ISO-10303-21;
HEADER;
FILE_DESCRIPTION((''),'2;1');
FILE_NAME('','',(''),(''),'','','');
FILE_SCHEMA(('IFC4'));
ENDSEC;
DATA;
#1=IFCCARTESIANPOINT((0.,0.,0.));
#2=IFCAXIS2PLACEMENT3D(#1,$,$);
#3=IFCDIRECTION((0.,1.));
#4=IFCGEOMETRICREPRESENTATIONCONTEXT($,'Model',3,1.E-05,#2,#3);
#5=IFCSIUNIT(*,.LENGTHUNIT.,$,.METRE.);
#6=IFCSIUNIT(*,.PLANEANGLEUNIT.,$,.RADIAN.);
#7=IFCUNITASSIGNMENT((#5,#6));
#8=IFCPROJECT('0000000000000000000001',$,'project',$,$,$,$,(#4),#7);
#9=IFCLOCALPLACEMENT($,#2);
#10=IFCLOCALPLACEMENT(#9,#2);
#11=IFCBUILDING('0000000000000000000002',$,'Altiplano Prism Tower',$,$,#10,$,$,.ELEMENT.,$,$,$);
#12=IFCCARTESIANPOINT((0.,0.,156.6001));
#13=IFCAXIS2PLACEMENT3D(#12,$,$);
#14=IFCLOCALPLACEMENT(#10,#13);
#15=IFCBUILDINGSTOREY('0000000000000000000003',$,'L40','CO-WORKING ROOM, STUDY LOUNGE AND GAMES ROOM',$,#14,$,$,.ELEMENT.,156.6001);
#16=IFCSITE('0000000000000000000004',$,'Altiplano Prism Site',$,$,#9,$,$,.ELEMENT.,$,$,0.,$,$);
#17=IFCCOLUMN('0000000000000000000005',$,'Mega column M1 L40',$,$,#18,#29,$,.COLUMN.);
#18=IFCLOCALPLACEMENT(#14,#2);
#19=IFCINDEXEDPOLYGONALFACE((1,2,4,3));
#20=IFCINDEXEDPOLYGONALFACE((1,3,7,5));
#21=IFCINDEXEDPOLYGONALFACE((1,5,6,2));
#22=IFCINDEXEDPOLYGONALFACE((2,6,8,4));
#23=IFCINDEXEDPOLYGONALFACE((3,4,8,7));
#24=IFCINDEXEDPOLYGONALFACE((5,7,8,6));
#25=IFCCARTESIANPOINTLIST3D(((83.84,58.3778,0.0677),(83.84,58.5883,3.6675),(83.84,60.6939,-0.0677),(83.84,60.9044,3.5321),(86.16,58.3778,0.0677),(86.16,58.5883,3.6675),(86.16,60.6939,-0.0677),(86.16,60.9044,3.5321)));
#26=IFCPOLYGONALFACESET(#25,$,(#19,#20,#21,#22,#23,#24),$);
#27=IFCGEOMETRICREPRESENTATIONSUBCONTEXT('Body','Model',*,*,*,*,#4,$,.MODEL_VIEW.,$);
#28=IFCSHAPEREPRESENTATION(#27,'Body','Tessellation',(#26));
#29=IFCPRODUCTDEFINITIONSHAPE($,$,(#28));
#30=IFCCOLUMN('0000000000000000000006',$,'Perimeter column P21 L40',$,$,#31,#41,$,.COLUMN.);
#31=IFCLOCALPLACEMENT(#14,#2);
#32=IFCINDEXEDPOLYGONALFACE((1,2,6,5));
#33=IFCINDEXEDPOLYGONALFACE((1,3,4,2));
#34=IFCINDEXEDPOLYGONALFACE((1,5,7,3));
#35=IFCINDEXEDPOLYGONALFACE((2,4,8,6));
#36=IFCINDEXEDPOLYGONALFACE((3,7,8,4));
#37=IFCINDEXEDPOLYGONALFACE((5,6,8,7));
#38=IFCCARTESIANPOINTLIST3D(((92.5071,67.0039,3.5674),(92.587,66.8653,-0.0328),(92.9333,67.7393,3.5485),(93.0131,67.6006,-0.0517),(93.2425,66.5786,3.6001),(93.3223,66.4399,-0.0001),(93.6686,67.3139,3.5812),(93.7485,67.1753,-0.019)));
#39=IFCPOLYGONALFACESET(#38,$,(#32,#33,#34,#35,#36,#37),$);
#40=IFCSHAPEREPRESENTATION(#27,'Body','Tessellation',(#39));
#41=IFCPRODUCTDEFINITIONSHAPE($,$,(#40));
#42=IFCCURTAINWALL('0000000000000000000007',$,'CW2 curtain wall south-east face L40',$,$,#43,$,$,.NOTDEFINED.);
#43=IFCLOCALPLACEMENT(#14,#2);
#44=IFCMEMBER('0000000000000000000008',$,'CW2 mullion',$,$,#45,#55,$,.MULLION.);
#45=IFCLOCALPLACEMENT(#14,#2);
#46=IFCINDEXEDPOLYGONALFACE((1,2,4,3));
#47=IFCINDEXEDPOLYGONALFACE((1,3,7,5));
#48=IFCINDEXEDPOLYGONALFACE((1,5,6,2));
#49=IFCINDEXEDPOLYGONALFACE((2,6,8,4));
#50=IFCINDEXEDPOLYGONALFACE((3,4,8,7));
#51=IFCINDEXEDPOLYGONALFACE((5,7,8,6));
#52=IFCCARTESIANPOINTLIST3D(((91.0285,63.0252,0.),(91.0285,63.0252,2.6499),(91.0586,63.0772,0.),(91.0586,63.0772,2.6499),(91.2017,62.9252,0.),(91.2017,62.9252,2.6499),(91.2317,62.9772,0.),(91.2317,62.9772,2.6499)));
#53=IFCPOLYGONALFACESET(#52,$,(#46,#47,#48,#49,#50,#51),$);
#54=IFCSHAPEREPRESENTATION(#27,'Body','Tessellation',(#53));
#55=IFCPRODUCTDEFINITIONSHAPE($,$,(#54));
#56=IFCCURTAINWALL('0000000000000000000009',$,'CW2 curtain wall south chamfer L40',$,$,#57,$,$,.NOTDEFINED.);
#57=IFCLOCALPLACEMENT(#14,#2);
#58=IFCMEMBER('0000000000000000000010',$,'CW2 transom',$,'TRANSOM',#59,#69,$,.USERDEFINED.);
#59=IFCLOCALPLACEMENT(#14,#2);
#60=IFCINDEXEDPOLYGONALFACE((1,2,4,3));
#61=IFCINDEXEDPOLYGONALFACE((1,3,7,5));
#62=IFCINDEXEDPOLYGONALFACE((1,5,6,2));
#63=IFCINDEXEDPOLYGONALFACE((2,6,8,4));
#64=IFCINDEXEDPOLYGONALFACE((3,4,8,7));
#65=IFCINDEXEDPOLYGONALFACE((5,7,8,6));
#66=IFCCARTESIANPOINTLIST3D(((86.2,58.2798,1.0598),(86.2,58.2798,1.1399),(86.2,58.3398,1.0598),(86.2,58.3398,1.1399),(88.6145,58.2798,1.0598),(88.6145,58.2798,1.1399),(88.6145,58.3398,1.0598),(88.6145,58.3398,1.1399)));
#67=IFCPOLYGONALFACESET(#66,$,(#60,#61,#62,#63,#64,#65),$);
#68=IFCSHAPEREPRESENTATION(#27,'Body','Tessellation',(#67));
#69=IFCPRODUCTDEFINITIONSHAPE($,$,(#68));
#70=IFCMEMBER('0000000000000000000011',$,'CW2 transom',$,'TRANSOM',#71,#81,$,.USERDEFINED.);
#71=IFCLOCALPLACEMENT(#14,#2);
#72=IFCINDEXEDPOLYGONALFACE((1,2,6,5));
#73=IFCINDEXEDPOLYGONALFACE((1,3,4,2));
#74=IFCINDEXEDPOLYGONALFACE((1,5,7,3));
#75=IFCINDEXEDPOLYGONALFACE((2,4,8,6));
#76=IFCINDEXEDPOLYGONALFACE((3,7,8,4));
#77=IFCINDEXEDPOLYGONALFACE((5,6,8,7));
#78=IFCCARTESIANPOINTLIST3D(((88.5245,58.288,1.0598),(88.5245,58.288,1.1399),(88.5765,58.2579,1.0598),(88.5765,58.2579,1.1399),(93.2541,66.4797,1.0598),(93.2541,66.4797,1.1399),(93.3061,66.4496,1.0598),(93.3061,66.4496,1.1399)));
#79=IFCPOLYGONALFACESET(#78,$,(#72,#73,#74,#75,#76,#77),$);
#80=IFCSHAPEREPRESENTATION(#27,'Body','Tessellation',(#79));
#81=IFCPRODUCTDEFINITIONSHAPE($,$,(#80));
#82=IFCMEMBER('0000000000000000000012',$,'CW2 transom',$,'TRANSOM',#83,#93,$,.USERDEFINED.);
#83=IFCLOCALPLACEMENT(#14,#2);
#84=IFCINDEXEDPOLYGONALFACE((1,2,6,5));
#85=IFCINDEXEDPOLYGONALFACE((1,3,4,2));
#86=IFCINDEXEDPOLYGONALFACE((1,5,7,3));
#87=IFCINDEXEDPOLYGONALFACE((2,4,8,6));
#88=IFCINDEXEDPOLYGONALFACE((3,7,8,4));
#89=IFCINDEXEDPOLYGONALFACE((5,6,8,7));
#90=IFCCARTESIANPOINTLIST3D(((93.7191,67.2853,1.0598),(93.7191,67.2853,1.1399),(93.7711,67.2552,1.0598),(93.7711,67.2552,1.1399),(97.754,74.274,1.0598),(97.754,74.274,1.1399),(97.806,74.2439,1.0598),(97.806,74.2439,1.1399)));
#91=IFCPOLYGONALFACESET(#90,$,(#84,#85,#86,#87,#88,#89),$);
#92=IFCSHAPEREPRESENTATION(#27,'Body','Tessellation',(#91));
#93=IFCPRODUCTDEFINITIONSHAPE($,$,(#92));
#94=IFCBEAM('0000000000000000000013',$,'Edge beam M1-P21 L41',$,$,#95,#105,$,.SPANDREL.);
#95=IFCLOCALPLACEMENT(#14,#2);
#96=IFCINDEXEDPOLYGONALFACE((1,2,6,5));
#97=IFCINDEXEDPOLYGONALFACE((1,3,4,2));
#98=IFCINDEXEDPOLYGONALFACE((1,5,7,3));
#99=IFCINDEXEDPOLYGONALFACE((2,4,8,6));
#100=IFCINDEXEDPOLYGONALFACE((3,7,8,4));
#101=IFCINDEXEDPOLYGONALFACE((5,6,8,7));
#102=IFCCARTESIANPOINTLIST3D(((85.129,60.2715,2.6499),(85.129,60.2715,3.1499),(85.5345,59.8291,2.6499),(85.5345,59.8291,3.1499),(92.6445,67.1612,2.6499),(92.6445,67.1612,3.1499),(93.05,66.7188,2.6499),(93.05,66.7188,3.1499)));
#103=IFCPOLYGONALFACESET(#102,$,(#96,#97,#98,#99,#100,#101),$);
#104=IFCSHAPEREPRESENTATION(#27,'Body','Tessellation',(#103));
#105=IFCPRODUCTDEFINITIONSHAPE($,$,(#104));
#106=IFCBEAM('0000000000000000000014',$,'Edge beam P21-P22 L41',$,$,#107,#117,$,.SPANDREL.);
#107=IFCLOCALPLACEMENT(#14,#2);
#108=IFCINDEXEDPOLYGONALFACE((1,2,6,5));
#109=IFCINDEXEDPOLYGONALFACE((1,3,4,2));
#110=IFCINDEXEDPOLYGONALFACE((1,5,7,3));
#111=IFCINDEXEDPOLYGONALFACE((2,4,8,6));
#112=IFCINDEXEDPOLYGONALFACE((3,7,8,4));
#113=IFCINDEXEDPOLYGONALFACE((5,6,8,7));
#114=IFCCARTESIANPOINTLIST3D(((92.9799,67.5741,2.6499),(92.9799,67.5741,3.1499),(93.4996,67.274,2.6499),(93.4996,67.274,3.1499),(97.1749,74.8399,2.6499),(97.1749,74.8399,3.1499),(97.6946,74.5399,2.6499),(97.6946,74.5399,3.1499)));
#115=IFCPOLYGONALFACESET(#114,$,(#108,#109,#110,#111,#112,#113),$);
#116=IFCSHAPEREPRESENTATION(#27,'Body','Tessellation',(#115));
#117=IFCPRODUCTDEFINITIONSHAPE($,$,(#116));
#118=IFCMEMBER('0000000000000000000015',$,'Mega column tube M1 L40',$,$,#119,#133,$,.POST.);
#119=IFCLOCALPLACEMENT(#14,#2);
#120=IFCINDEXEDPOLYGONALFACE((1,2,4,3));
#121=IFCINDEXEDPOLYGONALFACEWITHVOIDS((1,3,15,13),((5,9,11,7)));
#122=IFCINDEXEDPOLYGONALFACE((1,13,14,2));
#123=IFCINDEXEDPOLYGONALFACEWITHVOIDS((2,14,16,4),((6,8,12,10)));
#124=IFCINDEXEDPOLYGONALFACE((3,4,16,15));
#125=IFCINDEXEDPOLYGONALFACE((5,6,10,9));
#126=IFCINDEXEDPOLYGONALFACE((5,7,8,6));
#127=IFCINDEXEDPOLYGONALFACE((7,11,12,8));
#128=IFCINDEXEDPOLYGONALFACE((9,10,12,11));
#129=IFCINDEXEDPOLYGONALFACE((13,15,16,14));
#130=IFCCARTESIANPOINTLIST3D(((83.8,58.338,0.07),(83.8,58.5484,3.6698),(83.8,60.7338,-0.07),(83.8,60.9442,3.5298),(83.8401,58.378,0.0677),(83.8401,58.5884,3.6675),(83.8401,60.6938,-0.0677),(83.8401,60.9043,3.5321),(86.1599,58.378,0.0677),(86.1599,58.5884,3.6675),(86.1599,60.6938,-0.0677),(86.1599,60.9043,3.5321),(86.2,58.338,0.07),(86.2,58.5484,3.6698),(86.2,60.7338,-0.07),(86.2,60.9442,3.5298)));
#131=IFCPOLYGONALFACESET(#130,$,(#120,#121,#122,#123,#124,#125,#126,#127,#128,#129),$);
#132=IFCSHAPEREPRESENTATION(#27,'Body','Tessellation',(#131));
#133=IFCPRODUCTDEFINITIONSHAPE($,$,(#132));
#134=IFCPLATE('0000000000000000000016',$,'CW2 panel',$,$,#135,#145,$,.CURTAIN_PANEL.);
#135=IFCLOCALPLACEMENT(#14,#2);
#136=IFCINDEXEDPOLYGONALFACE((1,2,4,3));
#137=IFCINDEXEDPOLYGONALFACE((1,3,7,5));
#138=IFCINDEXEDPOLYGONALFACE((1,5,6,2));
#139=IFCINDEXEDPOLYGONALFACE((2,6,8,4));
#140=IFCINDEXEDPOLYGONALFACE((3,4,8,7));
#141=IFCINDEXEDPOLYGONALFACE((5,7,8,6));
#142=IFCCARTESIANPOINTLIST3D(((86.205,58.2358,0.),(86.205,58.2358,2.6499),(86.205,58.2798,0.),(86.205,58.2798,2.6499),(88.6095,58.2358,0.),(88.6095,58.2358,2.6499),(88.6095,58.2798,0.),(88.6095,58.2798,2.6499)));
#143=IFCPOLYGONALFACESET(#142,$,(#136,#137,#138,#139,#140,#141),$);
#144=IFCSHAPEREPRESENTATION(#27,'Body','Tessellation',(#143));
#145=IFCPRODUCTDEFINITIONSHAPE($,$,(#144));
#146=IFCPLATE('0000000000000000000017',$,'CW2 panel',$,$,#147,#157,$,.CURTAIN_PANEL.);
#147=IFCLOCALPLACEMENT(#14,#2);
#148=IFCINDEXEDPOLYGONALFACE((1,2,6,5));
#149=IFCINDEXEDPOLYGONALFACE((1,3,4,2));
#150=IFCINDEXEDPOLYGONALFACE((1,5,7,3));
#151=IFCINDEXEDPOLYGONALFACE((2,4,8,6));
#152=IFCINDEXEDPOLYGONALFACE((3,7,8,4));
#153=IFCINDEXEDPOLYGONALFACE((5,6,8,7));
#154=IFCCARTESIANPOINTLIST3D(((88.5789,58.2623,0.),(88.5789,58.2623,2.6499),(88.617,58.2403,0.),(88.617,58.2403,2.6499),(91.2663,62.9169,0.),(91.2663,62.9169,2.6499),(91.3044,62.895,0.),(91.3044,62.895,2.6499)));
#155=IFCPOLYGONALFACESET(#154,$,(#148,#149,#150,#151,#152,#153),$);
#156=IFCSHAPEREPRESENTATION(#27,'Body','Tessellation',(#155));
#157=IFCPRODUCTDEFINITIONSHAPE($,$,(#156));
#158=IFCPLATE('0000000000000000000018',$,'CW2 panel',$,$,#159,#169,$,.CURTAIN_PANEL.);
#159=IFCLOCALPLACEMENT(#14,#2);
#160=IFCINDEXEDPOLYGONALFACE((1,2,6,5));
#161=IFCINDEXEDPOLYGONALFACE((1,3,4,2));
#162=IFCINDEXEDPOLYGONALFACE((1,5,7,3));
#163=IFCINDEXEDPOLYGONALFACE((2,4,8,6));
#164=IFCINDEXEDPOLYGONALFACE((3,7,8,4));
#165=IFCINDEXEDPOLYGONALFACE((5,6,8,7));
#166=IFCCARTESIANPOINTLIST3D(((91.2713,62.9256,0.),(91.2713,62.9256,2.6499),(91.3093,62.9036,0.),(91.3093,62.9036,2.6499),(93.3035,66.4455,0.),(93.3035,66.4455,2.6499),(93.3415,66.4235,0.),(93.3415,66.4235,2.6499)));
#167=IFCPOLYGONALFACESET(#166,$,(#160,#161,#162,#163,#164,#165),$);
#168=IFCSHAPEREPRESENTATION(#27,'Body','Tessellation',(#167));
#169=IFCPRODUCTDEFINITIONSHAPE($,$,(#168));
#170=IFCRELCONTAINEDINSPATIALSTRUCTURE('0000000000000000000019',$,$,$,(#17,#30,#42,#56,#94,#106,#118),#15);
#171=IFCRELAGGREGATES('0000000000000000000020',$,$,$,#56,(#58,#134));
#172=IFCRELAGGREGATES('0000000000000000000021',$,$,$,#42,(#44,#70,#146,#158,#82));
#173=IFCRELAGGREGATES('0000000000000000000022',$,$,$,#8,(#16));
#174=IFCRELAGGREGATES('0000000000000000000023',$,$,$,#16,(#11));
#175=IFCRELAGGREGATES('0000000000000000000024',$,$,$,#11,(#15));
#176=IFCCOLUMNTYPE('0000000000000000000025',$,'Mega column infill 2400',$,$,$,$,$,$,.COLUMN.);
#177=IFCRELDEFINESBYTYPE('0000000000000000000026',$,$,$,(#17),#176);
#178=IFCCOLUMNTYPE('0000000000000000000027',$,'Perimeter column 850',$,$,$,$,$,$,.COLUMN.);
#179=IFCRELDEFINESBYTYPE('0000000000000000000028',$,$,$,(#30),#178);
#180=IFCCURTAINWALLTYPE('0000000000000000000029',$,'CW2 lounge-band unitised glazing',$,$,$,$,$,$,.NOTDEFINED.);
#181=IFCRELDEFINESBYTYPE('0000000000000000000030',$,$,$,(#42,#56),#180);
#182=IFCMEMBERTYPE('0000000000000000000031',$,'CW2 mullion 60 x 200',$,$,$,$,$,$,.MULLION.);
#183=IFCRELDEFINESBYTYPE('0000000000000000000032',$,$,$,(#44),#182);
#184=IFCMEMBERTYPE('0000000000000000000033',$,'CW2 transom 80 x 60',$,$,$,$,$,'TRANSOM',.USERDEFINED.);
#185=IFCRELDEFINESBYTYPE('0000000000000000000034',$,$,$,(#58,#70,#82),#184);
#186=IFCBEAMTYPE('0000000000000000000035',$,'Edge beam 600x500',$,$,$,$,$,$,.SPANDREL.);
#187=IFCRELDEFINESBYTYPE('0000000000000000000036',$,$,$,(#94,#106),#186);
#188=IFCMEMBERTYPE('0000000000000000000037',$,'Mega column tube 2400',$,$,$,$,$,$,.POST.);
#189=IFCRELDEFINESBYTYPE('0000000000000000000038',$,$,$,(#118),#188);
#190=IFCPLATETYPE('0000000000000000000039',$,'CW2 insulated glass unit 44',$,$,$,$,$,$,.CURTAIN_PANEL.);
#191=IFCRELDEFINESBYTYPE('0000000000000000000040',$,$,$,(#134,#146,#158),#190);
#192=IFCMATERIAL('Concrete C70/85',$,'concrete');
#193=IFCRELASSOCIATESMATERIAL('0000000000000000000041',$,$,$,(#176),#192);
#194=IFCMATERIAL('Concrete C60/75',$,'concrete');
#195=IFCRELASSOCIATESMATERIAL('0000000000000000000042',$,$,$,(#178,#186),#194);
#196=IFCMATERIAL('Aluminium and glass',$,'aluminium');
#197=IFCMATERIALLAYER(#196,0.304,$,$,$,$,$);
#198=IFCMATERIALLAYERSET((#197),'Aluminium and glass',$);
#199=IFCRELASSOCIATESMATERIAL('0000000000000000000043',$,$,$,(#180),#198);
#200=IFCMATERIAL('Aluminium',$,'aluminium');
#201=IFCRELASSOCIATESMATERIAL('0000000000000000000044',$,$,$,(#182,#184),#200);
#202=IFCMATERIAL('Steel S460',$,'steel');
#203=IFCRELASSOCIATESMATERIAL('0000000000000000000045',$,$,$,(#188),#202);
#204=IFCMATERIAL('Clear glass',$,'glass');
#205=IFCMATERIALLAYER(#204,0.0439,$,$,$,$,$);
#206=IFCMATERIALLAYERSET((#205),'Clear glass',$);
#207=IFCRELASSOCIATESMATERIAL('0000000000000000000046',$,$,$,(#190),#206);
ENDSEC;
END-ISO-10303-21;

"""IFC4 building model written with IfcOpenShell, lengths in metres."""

from ifc_helpers import new_model, si_unit, direction, frame, origin, origin_2d, place, context, subcontext, project, spatial, rectangle, hollow_rectangle, extrude, material, layer, layer_set, material_profile, profile_set, type_object, element, aggregate, save


model = new_model("IFC4")

# Units and contexts
model_context = context("Model", 3, precision=1e-05, world=origin(), true_north=direction((0.0, 1.0)))
body_context = subcontext(model_context, "Body", "Model", "MODEL_VIEW")
ifc_project = project(units=[si_unit("LENGTHUNIT", "METRE"), si_unit("PLANEANGLEUNIT", "RADIAN")], contexts=[model_context])

# Site, building, storey
site_placement = place(None, origin())
site = spatial("IfcSite", under=ifc_project, at=site_placement, Name="Altiplano Prism Site", CompositionType="ELEMENT", RefElevation=0.0)
building_placement = place(site_placement, origin())
building = spatial("IfcBuilding", under=site, at=building_placement, Name="Altiplano Prism Tower", CompositionType="ELEMENT")
storey_placement = place(building_placement, frame((0.0, 0.0, 156.6001)))
storey = spatial("IfcBuildingStorey", under=building, at=storey_placement, Name="L40", Description="CO-WORKING ROOM, STUDY LOUNGE AND GAMES ROOM", CompositionType="ELEMENT", Elevation=156.6001)

# Columns
ifc_material_1 = material(Name="Concrete C70/85", Category="concrete")
ifc_material_profile_1 = material_profile(ifc_material_1, rectangle(XDim=2.3201, YDim=2.3201, at=origin_2d()), Name="Mega column infill 2400")
ifc_profile_set_1 = profile_set([ifc_material_profile_1], Name="Concrete C70/85")
column_type_1 = type_object("IfcColumnType", Name="Mega column infill 2400", PredefinedType="COLUMN", material=ifc_profile_set_1)
column_1_placement = place(storey_placement, frame((85.0, 59.5359, 0.0), z_axis=(0.0, 0.058361, 0.998296), x_axis=(-1.0, 0.0, 0.0)))
element("IfcColumn", 1, at=column_1_placement, inside=storey, type_object=column_type_1, Name="Mega column M1 L40", PredefinedType="COLUMN", context=body_context, shape_type="SweptSolid", body=[
    extrude(rectangle(XDim=2.3201, YDim=2.3201, at=origin_2d()), origin(), (0.0, 0.0, 1.0), 3.606),
])
ifc_material_2 = material(Name="Concrete C60/75", Category="concrete")
ifc_material_profile_2 = material_profile(ifc_material_2, rectangle(XDim=0.8501, YDim=0.8501, at=origin_2d()), Name="Perimeter column 850")
ifc_profile_set_2 = profile_set([ifc_material_profile_2], Name="Concrete C60/75")
column_type_2 = type_object("IfcColumnType", Name="Perimeter column 850", PredefinedType="COLUMN", material=ifc_profile_set_2)
column_2_placement = place(storey_placement, frame((93.1677, 67.0203, -0.0259), z_axis=(-0.022154, 0.038481, 0.999014), x_axis=(-0.501313, -0.864981, 0.022201)))
element("IfcColumn", 2, at=column_2_placement, inside=storey, type_object=column_type_2, Name="Perimeter column P21 L40", PredefinedType="COLUMN", context=body_context, shape_type="SweptSolid", body=[
    extrude(rectangle(XDim=0.8501, YDim=0.8501, at=origin_2d()), origin(), (0.0, 0.0, 1.0), 3.6038),
])

# Curtain walls, members
ifc_material_3 = material(Name="Aluminium and glass", Category="aluminium")
ifc_layer_1 = layer(ifc_material_3, 0.304)
ifc_layer_set_1 = layer_set([ifc_layer_1], Name="Aluminium and glass")
curtain_wall_type = type_object("IfcCurtainWallType", Name="CW2 lounge-band unitised glazing", PredefinedType="NOTDEFINED", material=ifc_layer_set_1)
curtain_wall_1_placement = place(storey_placement, origin())
curtain_wall_1 = element("IfcCurtainWall", 3, at=curtain_wall_1_placement, inside=storey, type_object=curtain_wall_type, Name="CW2 curtain wall south-east face L40", PredefinedType="NOTDEFINED")
ifc_material_4 = material(Name="Aluminium", Category="aluminium")
ifc_material_profile_3 = material_profile(ifc_material_4, rectangle(XDim=0.2, YDim=0.0601, at=origin_2d()), Name="CW2 mullion 60 x 200")
ifc_profile_set_3 = profile_set([ifc_material_profile_3], Name="Aluminium")
member_type_1 = type_object("IfcMemberType", Name="CW2 mullion 60 x 200", PredefinedType="MULLION", material=ifc_profile_set_3)
member_1_placement = place(storey_placement, frame((91.1301, 63.0012, 0.0), z_axis=(0.0, 0.0, 1.0), x_axis=(-0.866025, 0.5, 0.0)))
member_1 = element("IfcMember", 4, at=member_1_placement, type_object=member_type_1, Name="CW2 mullion", PredefinedType="MULLION", context=body_context, shape_type="SweptSolid", body=[
    extrude(rectangle(XDim=0.2, YDim=0.0601, at=origin_2d()), origin(), (0.0, 0.0, 1.0), 2.6499),
])
curtain_wall_2_placement = place(storey_placement, origin())
curtain_wall_2 = element("IfcCurtainWall", 5, at=curtain_wall_2_placement, inside=storey, type_object=curtain_wall_type, Name="CW2 curtain wall south chamfer L40", PredefinedType="NOTDEFINED")
ifc_material_profile_4 = material_profile(ifc_material_4, rectangle(XDim=0.0601, YDim=0.0801, at=origin_2d()), Name="CW2 transom 80 x 60")
ifc_profile_set_4 = profile_set([ifc_material_profile_4], Name="Aluminium")
member_type_2 = type_object("IfcMemberType", Name="CW2 transom 80 x 60", ElementType="TRANSOM", PredefinedType="USERDEFINED", material=ifc_profile_set_4)
member_2_placement = place(storey_placement, frame((86.2, 58.3098, 1.0999), z_axis=(1.0, 0.0, 0.0), x_axis=(0.0, 1.0, 0.0)))
member_2 = element("IfcMember", 6, at=member_2_placement, type_object=member_type_2, Name="CW2 transom", ObjectType="TRANSOM", PredefinedType="USERDEFINED", context=body_context, shape_type="SweptSolid", body=[
    extrude(rectangle(XDim=0.0601, YDim=0.0801, at=origin_2d()), origin(), (0.0, 0.0, 1.0), 2.4146),
])

# Members
member_3_placement = place(storey_placement, frame((88.5505, 58.2729, 1.0999), z_axis=(0.500003, 0.866024, 0.0), x_axis=(-0.866024, 0.500003, 0.0)))
member_3 = element("IfcMember", 7, at=member_3_placement, type_object=member_type_2, Name="CW2 transom", ObjectType="TRANSOM", PredefinedType="USERDEFINED", context=body_context, shape_type="SweptSolid", body=[
    extrude(rectangle(XDim=0.0601, YDim=0.0801, at=origin_2d()), origin(), (0.0, 0.0, 1.0), 9.459),
])
member_4_placement = place(storey_placement, frame((93.7451, 67.2703, 1.0999), z_axis=(0.499995, 0.866028, 0.0), x_axis=(-0.866028, 0.499995, 0.0)))
member_4 = element("IfcMember", 8, at=member_4_placement, type_object=member_type_2, Name="CW2 transom", ObjectType="TRANSOM", PredefinedType="USERDEFINED", context=body_context, shape_type="SweptSolid", body=[
    extrude(rectangle(XDim=0.0601, YDim=0.0801, at=origin_2d()), origin(), (0.0, 0.0, 1.0), 8.0698),
])

# Beams
ifc_material_profile_5 = material_profile(ifc_material_2, rectangle(XDim=0.6001, YDim=0.5, at=origin_2d()), Name="Edge beam 600x500")
ifc_profile_set_5 = profile_set([ifc_material_profile_5], Name="Concrete C60/75")
beam_type = type_object("IfcBeamType", Name="Edge beam 600x500", PredefinedType="SPANDREL", material=ifc_profile_set_5)
beam_1_placement = place(storey_placement, frame((85.3318, 60.0503, 2.8999), z_axis=(0.737127, 0.675754, 0.0), x_axis=(-0.675754, 0.737127, 0.0)))
element("IfcBeam", 9, at=beam_1_placement, inside=storey, type_object=beam_type, Name="Edge beam M1-P21 L41", PredefinedType="SPANDREL", context=body_context, shape_type="SweptSolid", body=[
    extrude(rectangle(XDim=0.6001, YDim=0.5, at=origin_2d()), origin(), (0.0, 0.0, 1.0), 10.1956),
])
beam_2_placement = place(storey_placement, frame((93.2397, 67.4241, 2.8999), z_axis=(0.50001, 0.866019, 0.0), x_axis=(-0.866019, 0.50001, 0.0)))
element("IfcBeam", 10, at=beam_2_placement, inside=storey, type_object=beam_type, Name="Edge beam P21-P22 L41", PredefinedType="SPANDREL", context=body_context, shape_type="SweptSolid", body=[
    extrude(rectangle(XDim=0.6001, YDim=0.5, at=origin_2d()), origin(), (0.0, 0.0, 1.0), 8.3899),
])

# Member
ifc_material_5 = material(Name="Steel S460", Category="steel")
ifc_material_profile_6 = material_profile(ifc_material_5, hollow_rectangle(XDim=2.3999, YDim=2.3999, WallThickness=0.04, at=origin_2d()), Name="Mega column tube 2400")
ifc_profile_set_6 = profile_set([ifc_material_profile_6], Name="Steel S460")
member_type_3 = type_object("IfcMemberType", Name="Mega column tube 2400", PredefinedType="POST", material=ifc_profile_set_6)
member_5_placement = place(storey_placement, frame((85.0, 59.5359, 0.0), z_axis=(0.0, 0.058361, 0.998296), x_axis=(-1.0, 0.0, 0.0)))
element("IfcMember", 11, at=member_5_placement, inside=storey, type_object=member_type_3, Name="Mega column tube M1 L40", PredefinedType="POST", context=body_context, shape_type="SweptSolid", body=[
    extrude(hollow_rectangle(XDim=2.3999, YDim=2.3999, WallThickness=0.04, at=origin_2d()), origin(), (0.0, 0.0, 1.0), 3.606),
])

# Plates
ifc_material_6 = material(Name="Clear glass", Category="glass")
ifc_layer_2 = layer(ifc_material_6, 0.0439)
ifc_layer_set_2 = layer_set([ifc_layer_2], Name="Clear glass")
plate_type = type_object("IfcPlateType", Name="CW2 insulated glass unit 44", PredefinedType="CURTAIN_PANEL", material=ifc_layer_set_2)
plate_1_placement = place(storey_placement, frame((87.4072, 58.2578, 0.0), z_axis=(0.0, 0.0, 1.0), x_axis=(1.0, 0.0, 0.0)))
plate_1 = element("IfcPlate", 12, at=plate_1_placement, type_object=plate_type, Name="CW2 panel", PredefinedType="CURTAIN_PANEL", context=body_context, shape_type="SweptSolid", body=[
    extrude(rectangle(XDim=2.4045, YDim=0.0439, at=origin_2d()), origin(), (0.0, 0.0, 1.0), 2.6499),
])
aggregate(curtain_wall_2, [member_2, plate_1])
plate_2_placement = place(storey_placement, frame((89.9417, 60.5786, 0.0), z_axis=(0.0, 0.0, 1.0), x_axis=(0.5, 0.866025, 0.0)))
plate_2 = element("IfcPlate", 13, at=plate_2_placement, type_object=plate_type, Name="CW2 panel", PredefinedType="CURTAIN_PANEL", context=body_context, shape_type="SweptSolid", body=[
    extrude(rectangle(XDim=5.3748, YDim=0.0439, at=origin_2d()), origin(), (0.0, 0.0, 1.0), 2.6499),
])
plate_3_placement = place(storey_placement, frame((92.3064, 64.6746, 0.0), z_axis=(0.0, 0.0, 1.0), x_axis=(0.5, 0.866025, 0.0)))
plate_3 = element("IfcPlate", 14, at=plate_3_placement, type_object=plate_type, Name="CW2 panel", PredefinedType="CURTAIN_PANEL", context=body_context, shape_type="SweptSolid", body=[
    extrude(rectangle(XDim=4.0645, YDim=0.0439, at=origin_2d()), origin(), (0.0, 0.0, 1.0), 2.6499),
])
aggregate(curtain_wall_1, [member_1, member_3, plate_2, plate_3, member_4])

save(model, "model.ifc")
